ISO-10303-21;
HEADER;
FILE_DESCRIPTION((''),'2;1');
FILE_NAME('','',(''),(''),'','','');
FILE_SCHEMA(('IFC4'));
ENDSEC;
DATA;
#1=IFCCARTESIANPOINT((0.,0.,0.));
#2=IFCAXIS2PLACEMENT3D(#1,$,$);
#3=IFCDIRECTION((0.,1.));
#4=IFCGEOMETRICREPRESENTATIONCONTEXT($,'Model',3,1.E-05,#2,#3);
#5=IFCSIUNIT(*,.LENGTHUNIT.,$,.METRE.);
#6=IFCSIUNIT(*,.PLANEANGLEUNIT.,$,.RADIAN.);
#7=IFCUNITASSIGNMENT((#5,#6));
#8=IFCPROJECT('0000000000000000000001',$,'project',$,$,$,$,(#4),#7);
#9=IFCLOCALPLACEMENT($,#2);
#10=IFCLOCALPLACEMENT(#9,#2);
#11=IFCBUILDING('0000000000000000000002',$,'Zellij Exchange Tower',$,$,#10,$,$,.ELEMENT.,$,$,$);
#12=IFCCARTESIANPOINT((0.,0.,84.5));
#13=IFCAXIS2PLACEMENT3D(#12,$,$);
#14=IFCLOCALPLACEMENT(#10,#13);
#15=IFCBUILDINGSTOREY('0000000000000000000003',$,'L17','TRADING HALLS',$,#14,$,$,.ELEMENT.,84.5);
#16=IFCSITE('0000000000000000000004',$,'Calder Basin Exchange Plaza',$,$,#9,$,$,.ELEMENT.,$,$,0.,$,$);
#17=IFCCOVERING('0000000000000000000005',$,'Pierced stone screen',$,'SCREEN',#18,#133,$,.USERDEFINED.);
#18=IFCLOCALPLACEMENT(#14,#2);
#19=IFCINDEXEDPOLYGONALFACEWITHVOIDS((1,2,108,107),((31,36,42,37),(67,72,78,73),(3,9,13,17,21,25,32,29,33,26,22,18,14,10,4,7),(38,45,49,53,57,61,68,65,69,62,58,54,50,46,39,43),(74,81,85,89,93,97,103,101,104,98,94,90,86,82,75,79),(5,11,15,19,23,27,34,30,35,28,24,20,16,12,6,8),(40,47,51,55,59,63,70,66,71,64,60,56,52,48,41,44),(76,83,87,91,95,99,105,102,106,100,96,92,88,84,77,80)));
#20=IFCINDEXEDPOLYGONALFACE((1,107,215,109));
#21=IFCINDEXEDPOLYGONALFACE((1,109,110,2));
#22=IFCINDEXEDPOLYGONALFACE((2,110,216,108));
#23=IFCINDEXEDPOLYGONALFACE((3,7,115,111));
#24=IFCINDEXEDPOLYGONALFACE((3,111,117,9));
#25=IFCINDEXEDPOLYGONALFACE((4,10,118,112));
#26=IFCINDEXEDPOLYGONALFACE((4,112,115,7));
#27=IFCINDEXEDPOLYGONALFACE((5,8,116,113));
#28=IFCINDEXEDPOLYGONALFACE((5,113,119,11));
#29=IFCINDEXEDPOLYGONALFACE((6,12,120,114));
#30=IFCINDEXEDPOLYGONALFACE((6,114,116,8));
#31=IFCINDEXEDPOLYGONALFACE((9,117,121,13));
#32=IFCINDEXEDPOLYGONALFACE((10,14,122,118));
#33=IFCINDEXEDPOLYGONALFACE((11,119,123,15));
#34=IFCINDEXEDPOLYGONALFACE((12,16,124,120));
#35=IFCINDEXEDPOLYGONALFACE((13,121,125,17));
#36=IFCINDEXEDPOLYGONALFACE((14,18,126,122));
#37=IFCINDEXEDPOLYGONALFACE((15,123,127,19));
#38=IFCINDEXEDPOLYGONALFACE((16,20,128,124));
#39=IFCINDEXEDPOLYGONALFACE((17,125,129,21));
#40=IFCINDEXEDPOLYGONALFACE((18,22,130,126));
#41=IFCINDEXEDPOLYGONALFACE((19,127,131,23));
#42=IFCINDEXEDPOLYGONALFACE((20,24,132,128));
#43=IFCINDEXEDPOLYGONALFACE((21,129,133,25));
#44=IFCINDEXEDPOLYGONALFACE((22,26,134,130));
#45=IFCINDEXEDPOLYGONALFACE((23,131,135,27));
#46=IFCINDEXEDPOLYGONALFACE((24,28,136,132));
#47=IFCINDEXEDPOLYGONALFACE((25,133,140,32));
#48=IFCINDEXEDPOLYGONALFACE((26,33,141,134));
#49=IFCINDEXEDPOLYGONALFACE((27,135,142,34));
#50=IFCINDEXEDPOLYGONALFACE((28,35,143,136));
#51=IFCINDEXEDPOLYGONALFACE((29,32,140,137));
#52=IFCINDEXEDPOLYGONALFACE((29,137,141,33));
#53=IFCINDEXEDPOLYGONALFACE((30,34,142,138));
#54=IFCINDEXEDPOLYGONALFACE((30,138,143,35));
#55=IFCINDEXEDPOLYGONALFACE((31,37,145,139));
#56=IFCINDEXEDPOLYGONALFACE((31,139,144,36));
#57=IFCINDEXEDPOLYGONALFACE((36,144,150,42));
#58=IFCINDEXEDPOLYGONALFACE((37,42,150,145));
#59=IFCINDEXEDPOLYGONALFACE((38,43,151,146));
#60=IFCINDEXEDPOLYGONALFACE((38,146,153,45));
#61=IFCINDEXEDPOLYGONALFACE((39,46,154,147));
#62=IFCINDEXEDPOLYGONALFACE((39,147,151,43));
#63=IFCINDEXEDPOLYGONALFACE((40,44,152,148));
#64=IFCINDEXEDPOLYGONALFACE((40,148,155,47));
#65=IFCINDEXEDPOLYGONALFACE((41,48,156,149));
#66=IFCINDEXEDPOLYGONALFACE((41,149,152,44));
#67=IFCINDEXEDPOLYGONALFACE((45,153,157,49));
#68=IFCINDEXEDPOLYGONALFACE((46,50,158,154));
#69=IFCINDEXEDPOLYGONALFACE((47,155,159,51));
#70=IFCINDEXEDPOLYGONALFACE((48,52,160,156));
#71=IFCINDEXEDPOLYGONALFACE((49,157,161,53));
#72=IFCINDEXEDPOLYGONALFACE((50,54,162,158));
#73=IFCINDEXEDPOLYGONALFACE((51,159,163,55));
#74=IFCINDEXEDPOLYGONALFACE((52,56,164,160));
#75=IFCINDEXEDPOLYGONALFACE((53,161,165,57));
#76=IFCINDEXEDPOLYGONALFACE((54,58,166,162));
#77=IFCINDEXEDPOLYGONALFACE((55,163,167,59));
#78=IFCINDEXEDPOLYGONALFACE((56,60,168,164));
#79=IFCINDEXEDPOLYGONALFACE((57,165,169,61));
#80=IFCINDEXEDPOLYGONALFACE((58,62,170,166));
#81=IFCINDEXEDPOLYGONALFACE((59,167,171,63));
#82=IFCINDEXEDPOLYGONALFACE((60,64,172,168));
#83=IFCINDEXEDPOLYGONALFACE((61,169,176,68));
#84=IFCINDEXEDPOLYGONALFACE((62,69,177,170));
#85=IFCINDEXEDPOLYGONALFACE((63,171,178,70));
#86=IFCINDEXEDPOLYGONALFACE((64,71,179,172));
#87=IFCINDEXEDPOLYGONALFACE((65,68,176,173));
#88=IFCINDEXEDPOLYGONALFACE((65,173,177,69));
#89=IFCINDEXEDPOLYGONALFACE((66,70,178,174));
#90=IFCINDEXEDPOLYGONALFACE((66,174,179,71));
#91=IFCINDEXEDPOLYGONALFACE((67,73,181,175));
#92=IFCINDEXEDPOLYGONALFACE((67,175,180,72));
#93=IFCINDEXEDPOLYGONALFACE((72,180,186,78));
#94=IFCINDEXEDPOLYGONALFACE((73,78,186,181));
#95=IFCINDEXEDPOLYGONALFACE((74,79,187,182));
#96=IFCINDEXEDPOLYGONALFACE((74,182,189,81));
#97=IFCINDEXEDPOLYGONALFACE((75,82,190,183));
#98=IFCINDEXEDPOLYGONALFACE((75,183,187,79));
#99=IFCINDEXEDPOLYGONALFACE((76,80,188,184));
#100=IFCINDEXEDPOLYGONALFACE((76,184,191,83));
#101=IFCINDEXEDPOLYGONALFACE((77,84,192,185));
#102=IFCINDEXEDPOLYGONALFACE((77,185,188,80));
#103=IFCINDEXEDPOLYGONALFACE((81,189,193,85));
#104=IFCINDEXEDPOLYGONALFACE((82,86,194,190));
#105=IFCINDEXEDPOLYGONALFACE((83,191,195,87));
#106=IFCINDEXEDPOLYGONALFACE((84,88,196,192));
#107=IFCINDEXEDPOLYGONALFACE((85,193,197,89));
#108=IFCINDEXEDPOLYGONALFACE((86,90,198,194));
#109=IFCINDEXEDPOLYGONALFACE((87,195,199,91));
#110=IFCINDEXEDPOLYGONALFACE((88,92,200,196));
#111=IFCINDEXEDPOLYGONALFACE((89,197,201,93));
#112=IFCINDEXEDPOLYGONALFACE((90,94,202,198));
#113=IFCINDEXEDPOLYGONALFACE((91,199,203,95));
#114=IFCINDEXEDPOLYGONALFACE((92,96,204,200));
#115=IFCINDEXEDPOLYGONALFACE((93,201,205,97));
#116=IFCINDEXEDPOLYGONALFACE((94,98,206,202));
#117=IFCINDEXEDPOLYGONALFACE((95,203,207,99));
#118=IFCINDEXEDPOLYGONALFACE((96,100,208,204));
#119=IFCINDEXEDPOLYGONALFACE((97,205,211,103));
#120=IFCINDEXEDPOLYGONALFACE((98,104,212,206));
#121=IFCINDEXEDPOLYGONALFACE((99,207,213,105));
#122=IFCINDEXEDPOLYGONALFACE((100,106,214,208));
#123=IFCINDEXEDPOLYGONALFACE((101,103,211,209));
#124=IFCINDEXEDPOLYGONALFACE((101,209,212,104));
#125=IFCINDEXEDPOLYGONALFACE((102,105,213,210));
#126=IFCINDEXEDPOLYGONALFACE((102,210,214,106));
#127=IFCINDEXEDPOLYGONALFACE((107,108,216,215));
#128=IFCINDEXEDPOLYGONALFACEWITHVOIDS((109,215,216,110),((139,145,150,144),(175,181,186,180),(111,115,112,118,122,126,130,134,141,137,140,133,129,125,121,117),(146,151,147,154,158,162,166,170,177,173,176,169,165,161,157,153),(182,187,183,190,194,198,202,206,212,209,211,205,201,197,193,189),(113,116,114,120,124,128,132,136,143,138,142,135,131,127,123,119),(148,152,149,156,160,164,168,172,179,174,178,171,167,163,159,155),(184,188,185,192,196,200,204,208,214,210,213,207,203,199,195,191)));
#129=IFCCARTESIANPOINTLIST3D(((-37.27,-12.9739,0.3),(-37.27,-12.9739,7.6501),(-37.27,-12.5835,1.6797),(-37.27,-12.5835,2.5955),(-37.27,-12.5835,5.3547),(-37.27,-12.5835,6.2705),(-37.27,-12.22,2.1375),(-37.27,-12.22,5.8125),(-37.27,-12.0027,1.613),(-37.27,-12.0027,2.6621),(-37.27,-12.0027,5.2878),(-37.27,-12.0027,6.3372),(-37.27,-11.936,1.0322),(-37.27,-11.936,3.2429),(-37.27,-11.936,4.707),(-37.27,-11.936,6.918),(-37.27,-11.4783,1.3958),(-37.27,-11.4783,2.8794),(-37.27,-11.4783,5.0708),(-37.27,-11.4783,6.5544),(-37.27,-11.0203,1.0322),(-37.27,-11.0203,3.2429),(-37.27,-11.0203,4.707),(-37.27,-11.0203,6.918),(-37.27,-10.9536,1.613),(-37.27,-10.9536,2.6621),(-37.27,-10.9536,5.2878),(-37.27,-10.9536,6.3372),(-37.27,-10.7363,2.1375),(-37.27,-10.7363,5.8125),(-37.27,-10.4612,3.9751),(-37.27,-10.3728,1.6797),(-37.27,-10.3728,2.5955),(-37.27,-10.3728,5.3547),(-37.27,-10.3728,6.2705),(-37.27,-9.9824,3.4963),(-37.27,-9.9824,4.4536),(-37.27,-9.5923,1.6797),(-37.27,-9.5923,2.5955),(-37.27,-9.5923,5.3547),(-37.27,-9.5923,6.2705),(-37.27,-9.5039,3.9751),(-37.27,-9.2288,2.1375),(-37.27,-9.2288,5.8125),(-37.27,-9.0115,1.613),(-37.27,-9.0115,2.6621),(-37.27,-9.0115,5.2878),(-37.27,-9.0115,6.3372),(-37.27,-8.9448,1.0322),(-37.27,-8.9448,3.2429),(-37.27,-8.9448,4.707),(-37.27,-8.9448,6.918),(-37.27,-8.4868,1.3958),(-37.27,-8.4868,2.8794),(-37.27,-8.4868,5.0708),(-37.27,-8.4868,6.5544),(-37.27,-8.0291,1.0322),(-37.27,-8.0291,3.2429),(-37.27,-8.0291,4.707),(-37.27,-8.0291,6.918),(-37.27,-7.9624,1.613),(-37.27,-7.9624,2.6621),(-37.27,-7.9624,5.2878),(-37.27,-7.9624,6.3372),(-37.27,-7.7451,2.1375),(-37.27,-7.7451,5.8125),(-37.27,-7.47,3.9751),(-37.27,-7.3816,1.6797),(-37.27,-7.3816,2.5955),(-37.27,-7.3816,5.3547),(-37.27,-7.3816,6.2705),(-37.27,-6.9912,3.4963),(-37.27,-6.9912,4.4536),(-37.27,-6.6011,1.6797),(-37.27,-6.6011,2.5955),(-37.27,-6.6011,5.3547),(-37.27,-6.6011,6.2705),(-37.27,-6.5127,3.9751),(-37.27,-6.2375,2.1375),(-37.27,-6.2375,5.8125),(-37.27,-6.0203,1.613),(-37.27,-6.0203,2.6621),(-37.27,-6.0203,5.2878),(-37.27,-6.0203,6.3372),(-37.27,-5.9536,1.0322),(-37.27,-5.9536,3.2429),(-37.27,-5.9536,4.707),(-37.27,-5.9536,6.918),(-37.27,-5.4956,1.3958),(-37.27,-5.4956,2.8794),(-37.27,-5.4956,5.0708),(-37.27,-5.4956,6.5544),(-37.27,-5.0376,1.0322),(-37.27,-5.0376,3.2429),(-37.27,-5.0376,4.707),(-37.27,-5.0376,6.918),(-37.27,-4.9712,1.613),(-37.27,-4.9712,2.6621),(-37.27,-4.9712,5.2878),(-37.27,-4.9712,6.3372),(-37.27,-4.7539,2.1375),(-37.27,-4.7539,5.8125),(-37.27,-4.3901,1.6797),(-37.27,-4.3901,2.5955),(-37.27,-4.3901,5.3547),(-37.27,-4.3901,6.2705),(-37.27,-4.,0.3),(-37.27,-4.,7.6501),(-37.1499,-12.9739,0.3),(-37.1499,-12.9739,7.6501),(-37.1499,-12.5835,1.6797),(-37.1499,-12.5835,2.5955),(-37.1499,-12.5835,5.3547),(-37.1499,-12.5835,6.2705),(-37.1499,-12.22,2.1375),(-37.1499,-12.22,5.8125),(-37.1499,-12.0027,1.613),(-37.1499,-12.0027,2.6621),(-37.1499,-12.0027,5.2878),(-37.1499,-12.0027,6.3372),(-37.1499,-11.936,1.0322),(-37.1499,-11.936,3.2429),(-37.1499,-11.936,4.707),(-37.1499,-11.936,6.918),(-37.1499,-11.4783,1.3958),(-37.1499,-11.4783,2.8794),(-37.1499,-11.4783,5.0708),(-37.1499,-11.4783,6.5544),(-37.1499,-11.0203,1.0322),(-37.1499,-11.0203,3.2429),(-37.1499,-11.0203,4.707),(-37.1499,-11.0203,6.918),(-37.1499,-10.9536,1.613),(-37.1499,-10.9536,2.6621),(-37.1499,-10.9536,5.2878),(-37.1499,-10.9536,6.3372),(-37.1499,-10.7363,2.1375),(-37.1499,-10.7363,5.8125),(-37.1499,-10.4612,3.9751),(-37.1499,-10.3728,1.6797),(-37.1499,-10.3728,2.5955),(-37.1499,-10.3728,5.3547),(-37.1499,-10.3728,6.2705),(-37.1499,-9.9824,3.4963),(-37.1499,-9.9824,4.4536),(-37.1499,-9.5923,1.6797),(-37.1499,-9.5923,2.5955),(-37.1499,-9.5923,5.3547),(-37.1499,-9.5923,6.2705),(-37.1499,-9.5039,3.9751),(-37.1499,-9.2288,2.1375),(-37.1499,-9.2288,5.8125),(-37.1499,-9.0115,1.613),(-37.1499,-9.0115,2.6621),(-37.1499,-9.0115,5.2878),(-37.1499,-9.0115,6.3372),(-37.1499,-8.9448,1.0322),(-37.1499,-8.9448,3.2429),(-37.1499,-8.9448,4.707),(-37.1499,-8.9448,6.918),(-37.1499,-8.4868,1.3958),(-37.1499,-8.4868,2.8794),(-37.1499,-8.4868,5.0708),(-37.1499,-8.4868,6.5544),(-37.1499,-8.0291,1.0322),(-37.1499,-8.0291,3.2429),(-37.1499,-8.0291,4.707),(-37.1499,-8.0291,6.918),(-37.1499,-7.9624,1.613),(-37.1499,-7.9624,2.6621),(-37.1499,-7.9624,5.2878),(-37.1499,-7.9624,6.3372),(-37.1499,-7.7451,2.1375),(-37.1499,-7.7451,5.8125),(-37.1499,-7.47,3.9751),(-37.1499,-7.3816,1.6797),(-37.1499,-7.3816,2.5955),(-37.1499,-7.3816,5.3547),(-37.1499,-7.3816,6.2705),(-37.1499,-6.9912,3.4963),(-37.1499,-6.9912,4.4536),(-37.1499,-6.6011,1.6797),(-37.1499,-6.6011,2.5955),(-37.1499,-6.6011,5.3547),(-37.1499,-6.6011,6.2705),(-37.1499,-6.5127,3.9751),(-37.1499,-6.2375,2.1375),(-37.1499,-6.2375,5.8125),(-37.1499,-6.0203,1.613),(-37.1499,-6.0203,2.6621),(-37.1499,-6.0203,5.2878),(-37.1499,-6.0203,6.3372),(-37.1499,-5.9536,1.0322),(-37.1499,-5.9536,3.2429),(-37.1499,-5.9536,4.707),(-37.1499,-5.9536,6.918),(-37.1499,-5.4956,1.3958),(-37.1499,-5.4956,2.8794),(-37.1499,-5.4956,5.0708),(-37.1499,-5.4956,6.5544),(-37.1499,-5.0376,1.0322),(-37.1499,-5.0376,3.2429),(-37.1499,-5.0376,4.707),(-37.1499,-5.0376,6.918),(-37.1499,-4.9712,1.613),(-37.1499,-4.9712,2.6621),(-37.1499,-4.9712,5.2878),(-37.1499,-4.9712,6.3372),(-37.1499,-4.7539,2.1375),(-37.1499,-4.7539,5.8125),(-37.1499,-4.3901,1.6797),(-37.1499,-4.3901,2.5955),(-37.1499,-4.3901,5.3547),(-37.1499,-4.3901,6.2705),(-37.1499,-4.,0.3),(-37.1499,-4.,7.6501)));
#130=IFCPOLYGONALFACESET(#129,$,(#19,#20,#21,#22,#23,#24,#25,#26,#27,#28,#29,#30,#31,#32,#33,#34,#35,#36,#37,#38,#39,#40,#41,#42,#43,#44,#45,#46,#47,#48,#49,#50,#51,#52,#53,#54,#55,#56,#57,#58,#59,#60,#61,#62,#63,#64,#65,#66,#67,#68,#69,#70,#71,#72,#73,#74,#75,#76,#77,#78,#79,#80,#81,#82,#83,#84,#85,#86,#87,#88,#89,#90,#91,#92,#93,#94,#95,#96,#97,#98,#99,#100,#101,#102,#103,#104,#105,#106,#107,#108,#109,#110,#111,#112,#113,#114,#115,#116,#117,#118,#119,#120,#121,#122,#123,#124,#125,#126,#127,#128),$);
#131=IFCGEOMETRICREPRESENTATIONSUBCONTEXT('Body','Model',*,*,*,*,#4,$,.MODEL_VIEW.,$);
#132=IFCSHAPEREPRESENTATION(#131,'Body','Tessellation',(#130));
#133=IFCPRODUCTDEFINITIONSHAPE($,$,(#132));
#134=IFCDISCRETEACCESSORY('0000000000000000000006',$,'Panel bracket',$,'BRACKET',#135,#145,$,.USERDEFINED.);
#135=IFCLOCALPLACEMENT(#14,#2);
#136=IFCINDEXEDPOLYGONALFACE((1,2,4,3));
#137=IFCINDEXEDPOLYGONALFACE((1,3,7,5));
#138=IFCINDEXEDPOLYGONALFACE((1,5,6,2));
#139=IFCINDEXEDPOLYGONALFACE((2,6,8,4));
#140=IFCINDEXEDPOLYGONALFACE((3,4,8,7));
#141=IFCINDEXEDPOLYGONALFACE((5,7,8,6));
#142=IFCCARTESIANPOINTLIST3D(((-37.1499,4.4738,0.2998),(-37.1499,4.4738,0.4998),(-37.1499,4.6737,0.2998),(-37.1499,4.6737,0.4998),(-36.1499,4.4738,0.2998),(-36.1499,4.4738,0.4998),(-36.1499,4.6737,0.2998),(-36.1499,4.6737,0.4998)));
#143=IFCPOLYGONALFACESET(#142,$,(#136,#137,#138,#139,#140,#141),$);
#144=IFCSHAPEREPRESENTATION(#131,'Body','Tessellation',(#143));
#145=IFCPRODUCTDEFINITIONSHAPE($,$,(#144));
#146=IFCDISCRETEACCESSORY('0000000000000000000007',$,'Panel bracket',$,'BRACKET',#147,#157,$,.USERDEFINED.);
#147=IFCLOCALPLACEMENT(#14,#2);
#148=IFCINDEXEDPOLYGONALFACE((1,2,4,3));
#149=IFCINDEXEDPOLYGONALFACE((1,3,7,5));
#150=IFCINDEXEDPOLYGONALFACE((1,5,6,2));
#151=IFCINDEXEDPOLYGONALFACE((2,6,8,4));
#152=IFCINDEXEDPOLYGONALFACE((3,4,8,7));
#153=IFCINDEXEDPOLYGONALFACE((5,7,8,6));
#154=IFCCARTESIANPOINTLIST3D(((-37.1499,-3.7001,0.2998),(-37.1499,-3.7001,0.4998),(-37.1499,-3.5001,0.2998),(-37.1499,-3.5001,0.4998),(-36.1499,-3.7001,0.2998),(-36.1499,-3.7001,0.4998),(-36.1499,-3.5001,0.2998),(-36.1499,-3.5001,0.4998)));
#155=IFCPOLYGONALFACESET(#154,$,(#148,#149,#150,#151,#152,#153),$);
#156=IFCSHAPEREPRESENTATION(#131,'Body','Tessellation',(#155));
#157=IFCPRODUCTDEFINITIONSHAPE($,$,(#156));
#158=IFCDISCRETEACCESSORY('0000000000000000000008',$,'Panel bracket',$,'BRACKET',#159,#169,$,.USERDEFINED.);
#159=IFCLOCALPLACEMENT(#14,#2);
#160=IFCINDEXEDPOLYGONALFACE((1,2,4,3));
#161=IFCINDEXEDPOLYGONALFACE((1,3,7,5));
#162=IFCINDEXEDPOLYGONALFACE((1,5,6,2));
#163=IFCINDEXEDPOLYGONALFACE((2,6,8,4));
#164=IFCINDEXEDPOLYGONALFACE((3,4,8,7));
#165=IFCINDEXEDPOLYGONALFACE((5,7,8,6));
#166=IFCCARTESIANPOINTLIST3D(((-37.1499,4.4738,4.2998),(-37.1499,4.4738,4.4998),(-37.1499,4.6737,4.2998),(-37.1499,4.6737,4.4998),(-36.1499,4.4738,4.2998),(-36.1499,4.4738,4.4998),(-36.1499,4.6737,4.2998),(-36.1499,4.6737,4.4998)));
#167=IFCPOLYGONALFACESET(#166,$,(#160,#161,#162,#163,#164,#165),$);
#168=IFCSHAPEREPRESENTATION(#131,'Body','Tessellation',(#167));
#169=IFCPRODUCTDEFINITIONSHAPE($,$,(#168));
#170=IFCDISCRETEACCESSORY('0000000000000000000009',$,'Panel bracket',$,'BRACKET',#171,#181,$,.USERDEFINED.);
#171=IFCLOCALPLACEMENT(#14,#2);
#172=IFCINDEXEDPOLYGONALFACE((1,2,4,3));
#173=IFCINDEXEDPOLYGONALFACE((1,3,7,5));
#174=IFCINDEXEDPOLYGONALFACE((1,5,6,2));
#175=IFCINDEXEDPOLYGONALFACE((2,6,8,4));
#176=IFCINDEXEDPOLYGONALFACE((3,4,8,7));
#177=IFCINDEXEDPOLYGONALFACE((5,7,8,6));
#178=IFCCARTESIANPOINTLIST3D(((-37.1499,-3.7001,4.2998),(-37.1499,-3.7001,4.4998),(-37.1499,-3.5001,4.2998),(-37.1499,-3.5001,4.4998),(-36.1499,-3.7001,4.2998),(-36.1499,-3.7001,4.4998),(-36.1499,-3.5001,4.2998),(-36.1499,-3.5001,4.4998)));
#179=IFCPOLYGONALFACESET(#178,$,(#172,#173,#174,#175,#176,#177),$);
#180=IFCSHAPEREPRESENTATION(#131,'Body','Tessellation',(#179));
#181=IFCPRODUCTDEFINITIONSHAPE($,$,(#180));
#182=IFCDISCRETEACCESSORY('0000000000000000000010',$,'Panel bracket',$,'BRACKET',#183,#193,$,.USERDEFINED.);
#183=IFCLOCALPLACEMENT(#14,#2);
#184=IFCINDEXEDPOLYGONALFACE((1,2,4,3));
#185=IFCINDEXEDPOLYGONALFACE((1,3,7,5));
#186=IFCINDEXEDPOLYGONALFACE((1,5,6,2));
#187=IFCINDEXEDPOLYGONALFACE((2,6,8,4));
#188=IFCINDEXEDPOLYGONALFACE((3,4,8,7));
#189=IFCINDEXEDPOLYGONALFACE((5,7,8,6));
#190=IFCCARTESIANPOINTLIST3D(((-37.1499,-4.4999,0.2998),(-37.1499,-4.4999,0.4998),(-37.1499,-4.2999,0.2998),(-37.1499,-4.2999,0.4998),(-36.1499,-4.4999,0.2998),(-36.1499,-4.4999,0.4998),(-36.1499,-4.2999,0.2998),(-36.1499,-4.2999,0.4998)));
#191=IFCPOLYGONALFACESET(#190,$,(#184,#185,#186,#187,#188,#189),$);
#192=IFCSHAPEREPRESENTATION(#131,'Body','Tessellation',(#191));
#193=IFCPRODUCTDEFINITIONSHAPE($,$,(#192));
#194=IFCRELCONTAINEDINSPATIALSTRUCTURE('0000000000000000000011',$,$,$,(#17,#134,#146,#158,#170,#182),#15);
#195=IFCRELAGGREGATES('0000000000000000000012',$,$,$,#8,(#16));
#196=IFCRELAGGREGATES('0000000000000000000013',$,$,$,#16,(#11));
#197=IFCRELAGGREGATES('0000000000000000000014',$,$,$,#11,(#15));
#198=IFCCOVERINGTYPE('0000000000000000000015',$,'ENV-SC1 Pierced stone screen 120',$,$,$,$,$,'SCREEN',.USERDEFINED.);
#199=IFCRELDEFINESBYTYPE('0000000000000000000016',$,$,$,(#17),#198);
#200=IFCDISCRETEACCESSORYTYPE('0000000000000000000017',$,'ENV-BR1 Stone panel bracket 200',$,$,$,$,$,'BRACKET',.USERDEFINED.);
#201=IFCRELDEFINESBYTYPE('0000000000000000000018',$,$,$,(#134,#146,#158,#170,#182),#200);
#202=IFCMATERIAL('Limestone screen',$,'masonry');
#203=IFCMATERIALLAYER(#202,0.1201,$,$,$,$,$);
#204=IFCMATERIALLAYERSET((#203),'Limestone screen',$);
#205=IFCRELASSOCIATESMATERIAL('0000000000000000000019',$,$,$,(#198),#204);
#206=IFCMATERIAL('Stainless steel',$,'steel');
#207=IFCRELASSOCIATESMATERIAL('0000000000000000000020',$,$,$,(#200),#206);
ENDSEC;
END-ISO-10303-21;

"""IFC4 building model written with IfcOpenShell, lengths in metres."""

from ifc_helpers import new_model, si_unit, direction, frame, origin, origin_2d, place, context, subcontext, project, spatial, polyline, rectangle, outline, extrude, material, layer, layer_set, type_object, element, save


model = new_model("IFC4")

# Units and contexts
model_context = context("Model", 3, precision=1e-05, world=origin(), true_north=direction((0.0, 1.0)))
body_context = subcontext(model_context, "Body", "Model", "MODEL_VIEW")
ifc_project = project(units=[si_unit("LENGTHUNIT", "METRE"), si_unit("PLANEANGLEUNIT", "RADIAN")], contexts=[model_context])

# Site, building, storey
site_placement = place(None, origin())
site = spatial("IfcSite", under=ifc_project, at=site_placement, Name="Calder Basin Exchange Plaza", CompositionType="ELEMENT", RefElevation=0.0)
building_placement = place(site_placement, origin())
building = spatial("IfcBuilding", under=site, at=building_placement, Name="Zellij Exchange Tower", CompositionType="ELEMENT")
storey_placement = place(building_placement, frame((0.0, 0.0, 84.5)))
storey = spatial("IfcBuildingStorey", under=building, at=storey_placement, Name="L17", Description="TRADING HALLS", CompositionType="ELEMENT", Elevation=84.5)

# Covering
ifc_material_1 = material(Name="Limestone screen", Category="masonry")
ifc_layer_1 = layer(ifc_material_1, 0.1201)
ifc_layer_set_1 = layer_set([ifc_layer_1], Name="Limestone screen")
covering_type = type_object("IfcCoveringType", Name="ENV-SC1 Pierced stone screen 120", ElementType="SCREEN", PredefinedType="USERDEFINED", material=ifc_layer_set_1)
covering_1_placement = place(storey_placement, frame((-37.21, -4.0, 0.3), z_axis=(0.0, 0.0, 1.0), x_axis=(0.0, -1.0, 0.0)))
element("IfcCovering", 1, at=covering_1_placement, inside=storey, type_object=covering_type, Name="Pierced stone screen", ObjectType="SCREEN", PredefinedType="USERDEFINED", context=body_context, shape_type="SweptSolid", body=[
    extrude(outline(polyline([(0.0, 0.0), (8.9739, 0.0), (8.9739, 7.3501), (0.0, 7.3501), (0.0, 0.0)]), holes=[polyline([(2.6011, 2.2954), (2.0203, 2.3621), (1.9536, 2.9429), (1.4956, 2.5793), (1.0376, 2.9429), (0.9712, 2.3621), (0.3901, 2.2954), (0.7539, 1.8374), (0.3901, 1.3796), (0.9712, 1.313), (1.0376, 0.7322), (1.4956, 1.0957), (1.9536, 0.7322), (2.0203, 1.313), (2.6011, 1.3796), (2.2375, 1.8374), (2.6011, 2.2954)]), polyline([(2.6011, 5.9705), (2.0203, 6.0371), (1.9536, 6.6179), (1.4956, 6.2544), (1.0376, 6.6179), (0.9712, 6.0371), (0.3901, 5.9705), (0.7539, 5.5125), (0.3901, 5.0547), (0.9712, 4.9878), (1.0376, 4.407), (1.4956, 4.7708), (1.9536, 4.407), (2.0203, 4.9878), (2.6011, 5.0547), (2.2375, 5.5125), (2.6011, 5.9705)]), polyline([(5.5923, 2.2954), (5.0115, 2.3621), (4.9448, 2.9429), (4.4868, 2.5793), (4.0291, 2.9429), (3.9624, 2.3621), (3.3816, 2.2954), (3.7451, 1.8374), (3.3816, 1.3796), (3.9624, 1.313), (4.0291, 0.7322), (4.4868, 1.0957), (4.9448, 0.7322), (5.0115, 1.313), (5.5923, 1.3796), (5.2288, 1.8374), (5.5923, 2.2954)]), polyline([(5.5923, 5.9705), (5.0115, 6.0371), (4.9448, 6.6179), (4.4868, 6.2544), (4.0291, 6.6179), (3.9624, 6.0371), (3.3816, 5.9705), (3.7451, 5.5125), (3.3816, 5.0547), (3.9624, 4.9878), (4.0291, 4.407), (4.4868, 4.7708), (4.9448, 4.407), (5.0115, 4.9878), (5.5923, 5.0547), (5.2288, 5.5125), (5.5923, 5.9705)]), polyline([(8.5835, 2.2954), (8.0027, 2.3621), (7.936, 2.9429), (7.4783, 2.5793), (7.0203, 2.9429), (6.9536, 2.3621), (6.3728, 2.2954), (6.7363, 1.8374), (6.3728, 1.3796), (6.9536, 1.313), (7.0203, 0.7322), (7.4783, 1.0957), (7.936, 0.7322), (8.0027, 1.313), (8.5835, 1.3796), (8.22, 1.8374), (8.5835, 2.2954)]), polyline([(8.5835, 5.9705), (8.0027, 6.0371), (7.936, 6.6179), (7.4783, 6.2544), (7.0203, 6.6179), (6.9536, 6.0371), (6.3728, 5.9705), (6.7363, 5.5125), (6.3728, 5.0547), (6.9536, 4.9878), (7.0203, 4.407), (7.4783, 4.7708), (7.936, 4.407), (8.0027, 4.9878), (8.5835, 5.0547), (8.22, 5.5125), (8.5835, 5.9705)]), polyline([(3.47, 3.675), (2.9912, 4.1536), (2.5127, 3.675), (2.9912, 3.1963), (3.47, 3.675)]), polyline([(6.4612, 3.675), (5.9824, 4.1536), (5.5039, 3.675), (5.9824, 3.1963), (6.4612, 3.675)])]), frame((0.0, 0.0601, 0.0), z_axis=(0.0, -1.0, 0.0), x_axis=(1.0, 0.0, 0.0)), (0.0, 0.0, 1.0), 0.1201),
])

# Discrete accessories
ifc_material_2 = material(Name="Stainless steel", Category="steel")
discrete_accessory_type = type_object("IfcDiscreteAccessoryType", Name="ENV-BR1 Stone panel bracket 200", ElementType="BRACKET", PredefinedType="USERDEFINED", material=ifc_material_2)
for number, where, z_axis, x_axis, name in (
    (2, (-36.6499, 4.5737, 0.2998), (0.0, 0.0, 1.0), (0.0, -1.0, 0.0), "Panel bracket"),
    (3, (-36.6499, -3.6001, 0.2998), (0.0, 0.0, 1.0), (0.0, -1.0, 0.0), "Panel bracket"),
    (4, (-36.6499, 4.5737, 4.2998), (0.0, 0.0, 1.0), (0.0, -1.0, 0.0), "Panel bracket"),
    (5, (-36.6499, -3.6001, 4.2998), (0.0, 0.0, 1.0), (0.0, -1.0, 0.0), "Panel bracket"),
    (6, (-36.6499, -4.3999, 0.2998), (0.0, 0.0, 1.0), (0.0, -1.0, 0.0), "Panel bracket"),
):
    element("IfcDiscreteAccessory", number, at=place(storey_placement, frame(where, z_axis=z_axis, x_axis=x_axis)), inside=storey, type_object=discrete_accessory_type, Name=name, ObjectType="BRACKET", PredefinedType="USERDEFINED", context=body_context, shape_type="SweptSolid", body=[
        extrude(rectangle(XDim=0.2, YDim=1.0, at=origin_2d()), origin(), (0.0, 0.0, 1.0), 0.2),
    ])

save(model, "model.ifc")
